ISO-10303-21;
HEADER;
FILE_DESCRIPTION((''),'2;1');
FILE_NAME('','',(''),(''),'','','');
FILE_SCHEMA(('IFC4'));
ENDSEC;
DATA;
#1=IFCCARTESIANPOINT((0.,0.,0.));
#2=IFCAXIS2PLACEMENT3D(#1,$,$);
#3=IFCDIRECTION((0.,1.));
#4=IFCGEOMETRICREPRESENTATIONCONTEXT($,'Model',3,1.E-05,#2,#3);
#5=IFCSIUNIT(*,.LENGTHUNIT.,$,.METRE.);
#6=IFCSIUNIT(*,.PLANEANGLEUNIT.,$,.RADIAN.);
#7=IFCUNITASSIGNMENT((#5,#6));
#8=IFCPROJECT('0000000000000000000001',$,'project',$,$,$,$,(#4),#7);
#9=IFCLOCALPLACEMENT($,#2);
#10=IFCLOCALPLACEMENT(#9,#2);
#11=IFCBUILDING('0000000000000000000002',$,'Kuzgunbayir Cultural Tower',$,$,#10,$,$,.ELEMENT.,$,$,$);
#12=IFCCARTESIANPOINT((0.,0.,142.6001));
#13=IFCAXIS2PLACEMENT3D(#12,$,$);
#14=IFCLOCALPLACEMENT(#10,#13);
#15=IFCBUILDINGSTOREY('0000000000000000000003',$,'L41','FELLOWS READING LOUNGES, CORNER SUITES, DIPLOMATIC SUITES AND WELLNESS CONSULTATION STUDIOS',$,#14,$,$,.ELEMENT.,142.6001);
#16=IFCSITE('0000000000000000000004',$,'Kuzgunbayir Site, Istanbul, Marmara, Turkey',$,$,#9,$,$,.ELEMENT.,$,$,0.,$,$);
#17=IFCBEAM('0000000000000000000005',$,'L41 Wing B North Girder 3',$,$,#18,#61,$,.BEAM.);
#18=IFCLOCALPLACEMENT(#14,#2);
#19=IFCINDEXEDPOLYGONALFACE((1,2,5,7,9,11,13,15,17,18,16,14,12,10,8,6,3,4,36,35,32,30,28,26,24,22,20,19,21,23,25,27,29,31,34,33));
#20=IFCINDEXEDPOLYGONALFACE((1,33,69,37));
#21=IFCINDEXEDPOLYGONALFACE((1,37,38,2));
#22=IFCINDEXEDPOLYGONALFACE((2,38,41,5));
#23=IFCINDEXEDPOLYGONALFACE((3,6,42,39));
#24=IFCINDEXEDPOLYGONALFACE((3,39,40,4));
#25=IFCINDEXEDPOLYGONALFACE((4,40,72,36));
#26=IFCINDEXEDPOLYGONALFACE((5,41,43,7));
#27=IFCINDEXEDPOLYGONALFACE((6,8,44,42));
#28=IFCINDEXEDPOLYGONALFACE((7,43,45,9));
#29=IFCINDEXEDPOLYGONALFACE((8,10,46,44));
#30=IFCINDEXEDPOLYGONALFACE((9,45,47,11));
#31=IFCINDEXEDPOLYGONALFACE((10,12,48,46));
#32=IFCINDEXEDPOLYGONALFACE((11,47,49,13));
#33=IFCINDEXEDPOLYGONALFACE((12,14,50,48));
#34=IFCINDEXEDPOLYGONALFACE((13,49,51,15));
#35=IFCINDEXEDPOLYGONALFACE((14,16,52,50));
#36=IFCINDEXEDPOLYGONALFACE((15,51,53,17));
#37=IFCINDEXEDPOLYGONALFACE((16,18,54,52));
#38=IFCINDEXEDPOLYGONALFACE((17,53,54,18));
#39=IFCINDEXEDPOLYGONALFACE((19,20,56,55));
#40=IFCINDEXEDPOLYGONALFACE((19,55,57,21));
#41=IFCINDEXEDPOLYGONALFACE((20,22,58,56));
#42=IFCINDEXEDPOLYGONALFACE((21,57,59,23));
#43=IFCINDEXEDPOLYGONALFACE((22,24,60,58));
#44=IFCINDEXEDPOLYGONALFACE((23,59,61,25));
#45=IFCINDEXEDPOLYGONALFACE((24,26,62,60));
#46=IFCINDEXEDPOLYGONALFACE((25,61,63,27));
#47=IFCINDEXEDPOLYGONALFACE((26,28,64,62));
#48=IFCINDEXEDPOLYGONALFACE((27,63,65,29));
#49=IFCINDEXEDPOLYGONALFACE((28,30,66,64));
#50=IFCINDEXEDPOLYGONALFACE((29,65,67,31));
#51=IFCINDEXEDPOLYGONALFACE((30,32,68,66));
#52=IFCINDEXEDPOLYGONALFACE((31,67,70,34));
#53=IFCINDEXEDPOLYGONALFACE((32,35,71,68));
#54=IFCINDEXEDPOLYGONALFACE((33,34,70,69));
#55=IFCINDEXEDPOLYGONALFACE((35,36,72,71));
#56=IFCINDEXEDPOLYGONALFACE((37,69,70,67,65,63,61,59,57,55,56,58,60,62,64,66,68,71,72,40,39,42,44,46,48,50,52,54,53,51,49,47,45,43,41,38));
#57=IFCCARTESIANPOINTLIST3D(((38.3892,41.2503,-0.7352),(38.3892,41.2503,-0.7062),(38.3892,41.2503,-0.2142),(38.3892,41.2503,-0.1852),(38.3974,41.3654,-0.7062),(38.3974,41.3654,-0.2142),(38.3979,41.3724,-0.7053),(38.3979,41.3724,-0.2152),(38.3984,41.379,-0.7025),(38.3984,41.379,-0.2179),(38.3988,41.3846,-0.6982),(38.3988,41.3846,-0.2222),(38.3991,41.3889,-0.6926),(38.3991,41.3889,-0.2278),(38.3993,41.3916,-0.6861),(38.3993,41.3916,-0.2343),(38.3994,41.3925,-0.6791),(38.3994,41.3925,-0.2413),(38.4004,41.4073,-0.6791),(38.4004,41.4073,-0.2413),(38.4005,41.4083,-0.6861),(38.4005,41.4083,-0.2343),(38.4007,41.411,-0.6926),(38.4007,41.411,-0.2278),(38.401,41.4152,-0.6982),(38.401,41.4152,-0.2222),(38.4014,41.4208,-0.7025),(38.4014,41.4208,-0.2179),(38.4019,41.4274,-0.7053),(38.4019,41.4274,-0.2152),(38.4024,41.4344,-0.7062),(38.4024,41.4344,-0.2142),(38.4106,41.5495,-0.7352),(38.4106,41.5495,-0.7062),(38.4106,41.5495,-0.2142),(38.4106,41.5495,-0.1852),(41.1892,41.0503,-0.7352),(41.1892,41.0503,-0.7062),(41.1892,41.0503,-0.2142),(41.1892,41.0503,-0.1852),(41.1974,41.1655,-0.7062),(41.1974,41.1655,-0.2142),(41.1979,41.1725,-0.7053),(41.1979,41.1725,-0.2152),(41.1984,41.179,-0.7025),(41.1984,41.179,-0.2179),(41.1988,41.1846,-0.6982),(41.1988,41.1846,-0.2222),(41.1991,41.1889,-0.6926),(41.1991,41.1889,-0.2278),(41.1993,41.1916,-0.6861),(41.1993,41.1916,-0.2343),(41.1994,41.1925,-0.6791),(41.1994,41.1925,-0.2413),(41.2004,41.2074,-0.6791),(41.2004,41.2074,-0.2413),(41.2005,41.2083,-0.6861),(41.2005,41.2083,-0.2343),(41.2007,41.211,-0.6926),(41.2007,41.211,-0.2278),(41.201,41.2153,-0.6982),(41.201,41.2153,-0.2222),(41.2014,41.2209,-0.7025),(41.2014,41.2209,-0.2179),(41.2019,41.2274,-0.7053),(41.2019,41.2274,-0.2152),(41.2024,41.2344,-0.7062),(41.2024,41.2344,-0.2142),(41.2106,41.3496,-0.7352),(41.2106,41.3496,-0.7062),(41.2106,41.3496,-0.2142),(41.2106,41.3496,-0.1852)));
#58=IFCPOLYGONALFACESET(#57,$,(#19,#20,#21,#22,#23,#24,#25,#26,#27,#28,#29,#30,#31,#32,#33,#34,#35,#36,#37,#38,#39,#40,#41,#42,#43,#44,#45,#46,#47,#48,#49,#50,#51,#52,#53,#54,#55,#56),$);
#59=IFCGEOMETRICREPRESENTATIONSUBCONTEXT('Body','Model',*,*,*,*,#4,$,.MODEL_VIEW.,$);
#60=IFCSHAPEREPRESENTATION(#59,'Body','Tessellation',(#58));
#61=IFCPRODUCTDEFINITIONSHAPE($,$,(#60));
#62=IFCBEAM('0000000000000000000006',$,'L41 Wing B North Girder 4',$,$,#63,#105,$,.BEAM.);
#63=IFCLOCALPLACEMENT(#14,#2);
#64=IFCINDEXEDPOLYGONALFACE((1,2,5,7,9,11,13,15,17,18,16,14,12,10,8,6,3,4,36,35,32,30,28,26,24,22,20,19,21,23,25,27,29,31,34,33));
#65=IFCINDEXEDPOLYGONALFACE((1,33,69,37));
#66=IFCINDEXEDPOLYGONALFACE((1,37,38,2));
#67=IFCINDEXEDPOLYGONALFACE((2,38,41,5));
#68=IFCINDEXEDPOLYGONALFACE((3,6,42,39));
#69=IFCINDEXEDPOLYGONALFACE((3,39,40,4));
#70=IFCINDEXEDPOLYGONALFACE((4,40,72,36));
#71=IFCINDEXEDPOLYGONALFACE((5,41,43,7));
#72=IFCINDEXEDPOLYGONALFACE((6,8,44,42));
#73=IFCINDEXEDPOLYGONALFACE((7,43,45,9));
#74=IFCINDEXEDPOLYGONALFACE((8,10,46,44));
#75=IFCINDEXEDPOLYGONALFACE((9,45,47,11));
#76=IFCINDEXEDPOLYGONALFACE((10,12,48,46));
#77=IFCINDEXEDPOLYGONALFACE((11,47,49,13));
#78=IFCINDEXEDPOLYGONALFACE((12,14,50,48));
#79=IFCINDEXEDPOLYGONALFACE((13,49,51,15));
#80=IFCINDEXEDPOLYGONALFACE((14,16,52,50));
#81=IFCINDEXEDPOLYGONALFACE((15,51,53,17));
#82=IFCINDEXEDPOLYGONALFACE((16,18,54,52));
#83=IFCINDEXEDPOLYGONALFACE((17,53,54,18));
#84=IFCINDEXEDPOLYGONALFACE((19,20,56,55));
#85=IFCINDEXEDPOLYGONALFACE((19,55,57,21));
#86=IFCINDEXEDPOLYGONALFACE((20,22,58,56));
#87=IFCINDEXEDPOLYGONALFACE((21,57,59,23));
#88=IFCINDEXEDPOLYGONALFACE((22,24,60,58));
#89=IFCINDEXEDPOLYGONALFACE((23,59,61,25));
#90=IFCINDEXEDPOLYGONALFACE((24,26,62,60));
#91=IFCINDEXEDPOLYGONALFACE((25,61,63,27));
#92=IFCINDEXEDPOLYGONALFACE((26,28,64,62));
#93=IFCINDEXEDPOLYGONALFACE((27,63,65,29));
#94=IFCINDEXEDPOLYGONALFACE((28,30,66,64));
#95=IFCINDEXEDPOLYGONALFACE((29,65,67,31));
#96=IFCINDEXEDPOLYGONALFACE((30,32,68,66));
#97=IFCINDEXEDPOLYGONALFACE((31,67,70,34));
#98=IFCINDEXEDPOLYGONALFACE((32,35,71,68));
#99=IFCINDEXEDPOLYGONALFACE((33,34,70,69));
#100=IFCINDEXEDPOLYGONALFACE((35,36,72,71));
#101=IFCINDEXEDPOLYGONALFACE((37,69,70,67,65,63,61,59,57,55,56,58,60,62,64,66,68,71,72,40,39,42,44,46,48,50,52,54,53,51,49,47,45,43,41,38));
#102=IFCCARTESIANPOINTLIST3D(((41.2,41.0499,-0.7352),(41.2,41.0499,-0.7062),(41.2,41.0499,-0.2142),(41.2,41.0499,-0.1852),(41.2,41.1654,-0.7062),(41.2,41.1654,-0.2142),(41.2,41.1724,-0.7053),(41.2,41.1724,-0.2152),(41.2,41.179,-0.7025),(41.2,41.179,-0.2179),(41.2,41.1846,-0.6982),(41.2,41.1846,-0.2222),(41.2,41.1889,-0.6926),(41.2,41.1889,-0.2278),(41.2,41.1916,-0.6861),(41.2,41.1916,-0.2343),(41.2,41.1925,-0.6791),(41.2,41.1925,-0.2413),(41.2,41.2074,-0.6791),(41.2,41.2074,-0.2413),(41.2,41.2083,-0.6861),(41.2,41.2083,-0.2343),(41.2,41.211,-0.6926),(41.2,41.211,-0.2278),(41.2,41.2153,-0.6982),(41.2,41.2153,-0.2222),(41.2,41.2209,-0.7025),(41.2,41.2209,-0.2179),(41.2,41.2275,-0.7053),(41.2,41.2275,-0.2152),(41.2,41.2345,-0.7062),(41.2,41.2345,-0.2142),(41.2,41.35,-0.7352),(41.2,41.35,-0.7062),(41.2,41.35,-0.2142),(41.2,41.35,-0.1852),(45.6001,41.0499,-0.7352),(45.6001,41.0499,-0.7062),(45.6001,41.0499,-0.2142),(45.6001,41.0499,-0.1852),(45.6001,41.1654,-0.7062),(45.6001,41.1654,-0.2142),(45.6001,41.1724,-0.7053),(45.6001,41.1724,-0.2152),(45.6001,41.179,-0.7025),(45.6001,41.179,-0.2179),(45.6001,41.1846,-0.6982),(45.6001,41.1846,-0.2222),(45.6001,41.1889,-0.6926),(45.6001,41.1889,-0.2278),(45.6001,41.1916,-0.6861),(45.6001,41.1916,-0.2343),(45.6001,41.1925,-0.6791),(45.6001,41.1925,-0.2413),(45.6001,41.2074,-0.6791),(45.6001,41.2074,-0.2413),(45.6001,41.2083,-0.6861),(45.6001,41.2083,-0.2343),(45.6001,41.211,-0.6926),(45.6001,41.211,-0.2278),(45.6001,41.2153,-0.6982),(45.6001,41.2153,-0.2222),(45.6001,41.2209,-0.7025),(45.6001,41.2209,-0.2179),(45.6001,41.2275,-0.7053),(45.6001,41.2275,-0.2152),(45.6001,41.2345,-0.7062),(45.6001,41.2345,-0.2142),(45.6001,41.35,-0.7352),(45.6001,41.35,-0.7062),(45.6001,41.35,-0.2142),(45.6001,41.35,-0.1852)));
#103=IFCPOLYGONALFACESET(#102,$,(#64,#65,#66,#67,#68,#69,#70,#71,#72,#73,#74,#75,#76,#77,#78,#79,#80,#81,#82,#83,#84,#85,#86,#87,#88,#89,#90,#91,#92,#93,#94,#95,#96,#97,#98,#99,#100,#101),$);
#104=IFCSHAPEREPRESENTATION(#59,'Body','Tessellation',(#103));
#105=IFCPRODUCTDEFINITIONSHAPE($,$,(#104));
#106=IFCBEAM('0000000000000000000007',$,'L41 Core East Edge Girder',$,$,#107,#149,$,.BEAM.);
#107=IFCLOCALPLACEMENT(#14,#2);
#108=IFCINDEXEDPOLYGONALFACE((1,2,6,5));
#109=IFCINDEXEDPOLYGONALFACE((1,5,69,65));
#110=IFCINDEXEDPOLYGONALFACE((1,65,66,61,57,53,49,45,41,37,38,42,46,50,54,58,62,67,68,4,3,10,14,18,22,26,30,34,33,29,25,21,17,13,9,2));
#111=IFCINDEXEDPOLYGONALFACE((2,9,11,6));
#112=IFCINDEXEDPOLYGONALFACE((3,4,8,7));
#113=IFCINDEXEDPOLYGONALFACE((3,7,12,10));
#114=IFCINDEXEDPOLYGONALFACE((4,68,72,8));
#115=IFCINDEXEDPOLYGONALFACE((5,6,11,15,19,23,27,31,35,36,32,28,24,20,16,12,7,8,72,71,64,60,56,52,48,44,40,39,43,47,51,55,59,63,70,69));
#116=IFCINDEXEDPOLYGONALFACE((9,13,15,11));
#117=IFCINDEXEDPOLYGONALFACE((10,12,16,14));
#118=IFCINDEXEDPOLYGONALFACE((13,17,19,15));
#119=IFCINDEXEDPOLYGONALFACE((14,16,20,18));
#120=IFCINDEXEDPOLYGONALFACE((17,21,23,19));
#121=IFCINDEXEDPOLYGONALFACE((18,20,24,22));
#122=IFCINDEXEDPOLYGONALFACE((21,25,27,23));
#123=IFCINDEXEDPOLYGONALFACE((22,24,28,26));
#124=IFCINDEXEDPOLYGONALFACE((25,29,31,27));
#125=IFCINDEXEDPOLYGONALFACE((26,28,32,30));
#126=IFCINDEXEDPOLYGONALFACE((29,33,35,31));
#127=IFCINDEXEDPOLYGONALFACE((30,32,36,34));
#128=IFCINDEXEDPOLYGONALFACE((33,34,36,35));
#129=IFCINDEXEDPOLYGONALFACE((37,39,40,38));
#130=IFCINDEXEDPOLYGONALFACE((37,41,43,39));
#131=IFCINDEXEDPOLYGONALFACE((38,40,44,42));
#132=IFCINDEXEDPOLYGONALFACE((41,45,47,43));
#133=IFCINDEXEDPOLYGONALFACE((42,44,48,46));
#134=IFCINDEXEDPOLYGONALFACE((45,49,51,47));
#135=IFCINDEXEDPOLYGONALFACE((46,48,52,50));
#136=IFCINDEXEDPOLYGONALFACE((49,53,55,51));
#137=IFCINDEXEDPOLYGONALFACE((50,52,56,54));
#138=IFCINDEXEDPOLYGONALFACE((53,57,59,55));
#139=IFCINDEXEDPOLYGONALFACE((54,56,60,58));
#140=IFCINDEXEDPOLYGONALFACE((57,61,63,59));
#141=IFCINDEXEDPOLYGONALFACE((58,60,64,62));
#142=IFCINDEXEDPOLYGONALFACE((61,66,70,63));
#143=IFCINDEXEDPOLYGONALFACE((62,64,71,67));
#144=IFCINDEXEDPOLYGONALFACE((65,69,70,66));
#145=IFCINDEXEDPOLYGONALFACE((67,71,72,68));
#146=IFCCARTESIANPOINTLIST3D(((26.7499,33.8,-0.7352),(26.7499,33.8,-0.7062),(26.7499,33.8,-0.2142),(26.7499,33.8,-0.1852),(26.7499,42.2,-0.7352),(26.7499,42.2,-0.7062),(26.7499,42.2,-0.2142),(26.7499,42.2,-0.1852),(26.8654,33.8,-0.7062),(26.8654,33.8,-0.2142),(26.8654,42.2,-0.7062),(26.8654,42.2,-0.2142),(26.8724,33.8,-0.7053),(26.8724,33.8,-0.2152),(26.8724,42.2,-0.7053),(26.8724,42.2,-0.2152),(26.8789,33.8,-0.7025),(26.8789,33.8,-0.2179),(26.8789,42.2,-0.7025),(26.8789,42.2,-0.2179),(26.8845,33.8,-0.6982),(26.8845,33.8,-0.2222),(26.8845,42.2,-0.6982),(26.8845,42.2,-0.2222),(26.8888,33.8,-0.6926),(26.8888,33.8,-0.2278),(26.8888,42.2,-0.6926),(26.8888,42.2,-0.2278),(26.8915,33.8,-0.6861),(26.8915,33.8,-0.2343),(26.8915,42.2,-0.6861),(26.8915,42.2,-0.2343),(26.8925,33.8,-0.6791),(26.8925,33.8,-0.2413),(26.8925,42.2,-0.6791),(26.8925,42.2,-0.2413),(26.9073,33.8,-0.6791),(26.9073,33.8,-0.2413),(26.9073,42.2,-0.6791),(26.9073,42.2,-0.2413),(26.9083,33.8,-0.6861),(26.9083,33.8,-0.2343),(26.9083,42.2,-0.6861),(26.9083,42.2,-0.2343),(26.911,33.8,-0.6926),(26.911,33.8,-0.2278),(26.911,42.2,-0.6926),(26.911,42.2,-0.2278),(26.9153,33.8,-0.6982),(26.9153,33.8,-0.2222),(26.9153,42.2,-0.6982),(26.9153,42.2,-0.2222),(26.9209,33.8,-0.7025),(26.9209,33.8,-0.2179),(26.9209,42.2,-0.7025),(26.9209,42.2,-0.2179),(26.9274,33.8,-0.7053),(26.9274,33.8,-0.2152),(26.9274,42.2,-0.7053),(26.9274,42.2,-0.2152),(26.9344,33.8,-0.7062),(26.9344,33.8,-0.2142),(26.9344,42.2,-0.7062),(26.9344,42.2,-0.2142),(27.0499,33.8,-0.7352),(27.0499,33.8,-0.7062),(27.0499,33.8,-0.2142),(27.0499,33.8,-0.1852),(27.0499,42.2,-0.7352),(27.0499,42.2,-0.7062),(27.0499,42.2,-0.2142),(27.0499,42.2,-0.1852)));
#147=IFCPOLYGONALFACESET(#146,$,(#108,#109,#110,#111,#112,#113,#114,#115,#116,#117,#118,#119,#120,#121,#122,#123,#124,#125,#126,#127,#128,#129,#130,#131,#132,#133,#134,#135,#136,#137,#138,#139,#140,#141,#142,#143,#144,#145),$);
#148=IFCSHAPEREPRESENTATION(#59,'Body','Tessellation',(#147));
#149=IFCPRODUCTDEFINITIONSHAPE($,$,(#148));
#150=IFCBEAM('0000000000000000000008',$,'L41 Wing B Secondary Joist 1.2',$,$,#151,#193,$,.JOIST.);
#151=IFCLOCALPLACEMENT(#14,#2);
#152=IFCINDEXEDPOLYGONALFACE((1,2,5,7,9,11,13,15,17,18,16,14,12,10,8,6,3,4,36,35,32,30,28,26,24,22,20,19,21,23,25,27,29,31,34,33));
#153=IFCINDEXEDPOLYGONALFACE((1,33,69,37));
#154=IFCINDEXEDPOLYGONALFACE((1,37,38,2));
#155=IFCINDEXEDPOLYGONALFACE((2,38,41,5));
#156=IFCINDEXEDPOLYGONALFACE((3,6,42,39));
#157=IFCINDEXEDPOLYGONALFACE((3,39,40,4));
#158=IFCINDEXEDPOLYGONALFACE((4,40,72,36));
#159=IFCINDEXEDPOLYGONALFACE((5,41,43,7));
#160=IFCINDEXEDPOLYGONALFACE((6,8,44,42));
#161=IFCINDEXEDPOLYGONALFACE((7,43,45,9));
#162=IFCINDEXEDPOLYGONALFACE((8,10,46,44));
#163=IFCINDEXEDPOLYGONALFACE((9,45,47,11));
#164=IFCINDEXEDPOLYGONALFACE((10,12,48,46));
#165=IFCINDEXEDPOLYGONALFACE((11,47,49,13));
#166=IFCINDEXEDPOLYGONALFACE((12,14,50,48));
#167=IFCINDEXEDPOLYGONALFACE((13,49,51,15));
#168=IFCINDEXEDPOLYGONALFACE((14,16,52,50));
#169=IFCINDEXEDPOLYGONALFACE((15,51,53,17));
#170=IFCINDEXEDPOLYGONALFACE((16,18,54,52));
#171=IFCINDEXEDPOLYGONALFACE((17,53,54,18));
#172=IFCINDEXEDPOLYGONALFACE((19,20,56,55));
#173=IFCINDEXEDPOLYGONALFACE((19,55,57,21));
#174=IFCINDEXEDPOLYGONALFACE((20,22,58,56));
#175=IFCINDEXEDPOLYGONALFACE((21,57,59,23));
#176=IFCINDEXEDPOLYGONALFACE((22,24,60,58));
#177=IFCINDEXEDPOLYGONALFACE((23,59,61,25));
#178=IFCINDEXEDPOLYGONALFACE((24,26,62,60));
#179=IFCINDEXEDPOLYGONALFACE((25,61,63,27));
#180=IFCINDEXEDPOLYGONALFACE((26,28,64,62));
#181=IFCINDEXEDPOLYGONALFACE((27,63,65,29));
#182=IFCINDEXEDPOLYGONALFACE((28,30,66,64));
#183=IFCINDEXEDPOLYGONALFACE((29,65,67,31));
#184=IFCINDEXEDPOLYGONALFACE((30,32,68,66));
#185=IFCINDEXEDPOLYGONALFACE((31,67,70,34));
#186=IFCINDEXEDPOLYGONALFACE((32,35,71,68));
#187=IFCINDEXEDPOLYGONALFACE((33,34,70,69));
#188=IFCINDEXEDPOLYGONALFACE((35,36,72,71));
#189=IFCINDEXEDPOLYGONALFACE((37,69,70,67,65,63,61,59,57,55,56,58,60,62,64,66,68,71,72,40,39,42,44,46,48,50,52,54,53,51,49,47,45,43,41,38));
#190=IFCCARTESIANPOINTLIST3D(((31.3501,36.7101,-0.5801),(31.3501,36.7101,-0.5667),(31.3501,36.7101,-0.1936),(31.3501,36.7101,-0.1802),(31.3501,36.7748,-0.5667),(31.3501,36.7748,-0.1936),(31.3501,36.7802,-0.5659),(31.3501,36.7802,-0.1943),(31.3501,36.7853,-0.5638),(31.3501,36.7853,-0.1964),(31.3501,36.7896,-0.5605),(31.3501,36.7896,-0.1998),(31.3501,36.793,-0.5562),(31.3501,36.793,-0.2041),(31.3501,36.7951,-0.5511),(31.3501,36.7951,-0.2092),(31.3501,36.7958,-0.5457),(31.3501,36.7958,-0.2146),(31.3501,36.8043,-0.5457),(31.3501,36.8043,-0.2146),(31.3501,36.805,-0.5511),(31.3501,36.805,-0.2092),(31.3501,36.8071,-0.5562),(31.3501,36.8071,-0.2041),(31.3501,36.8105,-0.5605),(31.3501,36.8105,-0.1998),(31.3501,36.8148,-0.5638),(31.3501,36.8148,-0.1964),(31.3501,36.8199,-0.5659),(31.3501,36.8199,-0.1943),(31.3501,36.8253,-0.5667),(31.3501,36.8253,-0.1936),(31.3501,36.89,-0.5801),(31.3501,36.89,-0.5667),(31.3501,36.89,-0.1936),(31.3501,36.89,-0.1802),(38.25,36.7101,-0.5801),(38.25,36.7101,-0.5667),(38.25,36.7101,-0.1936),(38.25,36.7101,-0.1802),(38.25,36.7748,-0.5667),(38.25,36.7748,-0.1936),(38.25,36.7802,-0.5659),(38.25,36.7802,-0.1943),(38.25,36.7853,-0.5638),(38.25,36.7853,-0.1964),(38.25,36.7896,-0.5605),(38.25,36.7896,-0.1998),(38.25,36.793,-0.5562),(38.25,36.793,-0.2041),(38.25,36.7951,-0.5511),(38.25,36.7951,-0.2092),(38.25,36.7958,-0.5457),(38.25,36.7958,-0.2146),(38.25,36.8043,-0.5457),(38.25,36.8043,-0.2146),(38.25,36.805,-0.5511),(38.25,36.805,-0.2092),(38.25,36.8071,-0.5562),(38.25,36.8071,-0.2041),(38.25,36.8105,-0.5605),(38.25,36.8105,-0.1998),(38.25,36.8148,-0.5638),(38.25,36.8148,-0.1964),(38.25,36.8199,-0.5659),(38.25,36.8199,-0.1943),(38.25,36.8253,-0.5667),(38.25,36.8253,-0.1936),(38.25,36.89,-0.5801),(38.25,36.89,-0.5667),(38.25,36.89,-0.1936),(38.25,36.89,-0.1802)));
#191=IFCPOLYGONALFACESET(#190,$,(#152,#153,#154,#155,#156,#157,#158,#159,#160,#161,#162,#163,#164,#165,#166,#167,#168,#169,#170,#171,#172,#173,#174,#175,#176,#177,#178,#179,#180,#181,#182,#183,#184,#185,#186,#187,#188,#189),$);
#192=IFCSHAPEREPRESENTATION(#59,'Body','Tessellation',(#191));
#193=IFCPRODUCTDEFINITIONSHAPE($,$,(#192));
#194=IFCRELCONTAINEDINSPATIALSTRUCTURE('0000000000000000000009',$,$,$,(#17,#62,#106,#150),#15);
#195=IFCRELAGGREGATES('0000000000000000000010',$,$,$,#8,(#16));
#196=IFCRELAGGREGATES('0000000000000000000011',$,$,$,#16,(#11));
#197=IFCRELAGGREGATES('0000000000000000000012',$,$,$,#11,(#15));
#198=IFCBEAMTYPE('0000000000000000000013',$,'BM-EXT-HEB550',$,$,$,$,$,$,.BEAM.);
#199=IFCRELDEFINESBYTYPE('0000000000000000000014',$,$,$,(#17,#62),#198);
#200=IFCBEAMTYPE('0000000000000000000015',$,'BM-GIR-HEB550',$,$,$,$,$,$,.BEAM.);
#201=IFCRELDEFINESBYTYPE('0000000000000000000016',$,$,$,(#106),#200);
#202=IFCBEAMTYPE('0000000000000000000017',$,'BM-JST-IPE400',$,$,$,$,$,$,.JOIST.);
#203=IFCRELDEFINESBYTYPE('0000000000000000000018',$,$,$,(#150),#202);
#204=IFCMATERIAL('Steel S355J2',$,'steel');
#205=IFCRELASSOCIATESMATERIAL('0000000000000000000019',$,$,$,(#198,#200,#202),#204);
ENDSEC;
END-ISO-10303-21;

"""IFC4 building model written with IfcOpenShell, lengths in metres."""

from ifc_helpers import new_model, si_unit, direction, frame, origin, origin_2d, place, context, subcontext, project, spatial, i_section, extrude, material, material_profile, profile_set, type_object, element, save


model = new_model("IFC4")

# Units and contexts
model_context = context("Model", 3, precision=1e-05, world=origin(), true_north=direction((0.0, 1.0)))
body_context = subcontext(model_context, "Body", "Model", "MODEL_VIEW")
ifc_project = project(units=[si_unit("LENGTHUNIT", "METRE"), si_unit("PLANEANGLEUNIT", "RADIAN")], contexts=[model_context])

# Site, building, storey
site_placement = place(None, origin())
site = spatial("IfcSite", under=ifc_project, at=site_placement, Name="Kuzgunbayir Site, Istanbul, Marmara, Turkey", CompositionType="ELEMENT", RefElevation=0.0)
building_placement = place(site_placement, origin())
building = spatial("IfcBuilding", under=site, at=building_placement, Name="Kuzgunbayir Cultural Tower", CompositionType="ELEMENT")
storey_placement = place(building_placement, frame((0.0, 0.0, 142.6001)))
storey = spatial("IfcBuildingStorey", under=building, at=storey_placement, Name="L41", Description="FELLOWS READING LOUNGES, CORNER SUITES, DIPLOMATIC SUITES AND WELLNESS CONSULTATION STUDIOS", CompositionType="ELEMENT", Elevation=142.6001)

# Beams
ifc_material_1 = material(Name="Steel S355J2", Category="steel")
ifc_material_profile_1 = material_profile(ifc_material_1, i_section(OverallWidth=0.3, OverallDepth=0.55, WebThickness=0.0149, FlangeThickness=0.0291, FilletRadius=0.0271, at=origin_2d()), Name="HEB 550")
ifc_profile_set_1 = profile_set([ifc_material_profile_1], Name="Steel S355J2")
beam_type_1 = type_object("IfcBeamType", Name="BM-EXT-HEB550", PredefinedType="BEAM", material=ifc_profile_set_1)
beam_1_placement = place(storey_placement, frame((38.3999, 41.3999, -0.4602), z_axis=(0.99746, -0.071229, 0.0), x_axis=(0.071229, 0.99746, 0.0)))
element("IfcBeam", 1, at=beam_1_placement, inside=storey, type_object=beam_type_1, Name="L41 Wing B North Girder 3", PredefinedType="BEAM", context=body_context, shape_type="SweptSolid", body=[
    extrude(i_section(OverallWidth=0.3, OverallDepth=0.55, WebThickness=0.0149, FlangeThickness=0.0291, FilletRadius=0.0271, at=origin_2d()), origin(), (0.0, 0.0, 1.0), 2.8071),
])
beam_2_placement = place(storey_placement, frame((41.2, 41.2, -0.4602), z_axis=(1.0, 0.0, 0.0), x_axis=(0.0, 1.0, 0.0)))
element("IfcBeam", 2, at=beam_2_placement, inside=storey, type_object=beam_type_1, Name="L41 Wing B North Girder 4", PredefinedType="BEAM", context=body_context, shape_type="SweptSolid", body=[
    extrude(i_section(OverallWidth=0.3, OverallDepth=0.55, WebThickness=0.0149, FlangeThickness=0.0291, FilletRadius=0.0271, at=origin_2d()), origin(), (0.0, 0.0, 1.0), 4.4001),
])
ifc_material_profile_2 = material_profile(ifc_material_1, i_section(OverallWidth=0.3, OverallDepth=0.55, WebThickness=0.0149, FlangeThickness=0.0291, FilletRadius=0.0271, at=origin_2d()), Name="HEB 550")
ifc_profile_set_2 = profile_set([ifc_material_profile_2], Name="Steel S355J2")
beam_type_2 = type_object("IfcBeamType", Name="BM-GIR-HEB550", PredefinedType="BEAM", material=ifc_profile_set_2)
beam_3_placement = place(storey_placement, frame((26.8999, 33.8, -0.4602), z_axis=(0.0, 1.0, 0.0), x_axis=(-1.0, 0.0, 0.0)))
element("IfcBeam", 3, at=beam_3_placement, inside=storey, type_object=beam_type_2, Name="L41 Core East Edge Girder", PredefinedType="BEAM", context=body_context, shape_type="SweptSolid", body=[
    extrude(i_section(OverallWidth=0.3, OverallDepth=0.55, WebThickness=0.0149, FlangeThickness=0.0291, FilletRadius=0.0271, at=origin_2d()), origin(), (0.0, 0.0, 1.0), 8.3999),
])
ifc_material_profile_3 = material_profile(ifc_material_1, i_section(OverallWidth=0.1799, OverallDepth=0.3999, WebThickness=0.0085, FlangeThickness=0.0134, FilletRadius=0.021, at=origin_2d()), Name="IPE 400")
ifc_profile_set_3 = profile_set([ifc_material_profile_3], Name="Steel S355J2")
beam_type_3 = type_object("IfcBeamType", Name="BM-JST-IPE400", PredefinedType="JOIST", material=ifc_profile_set_3)
beam_4_placement = place(storey_placement, frame((31.3501, 36.8, -0.3801), z_axis=(1.0, 0.0, 0.0), x_axis=(0.0, 1.0, 0.0)))
element("IfcBeam", 4, at=beam_4_placement, inside=storey, type_object=beam_type_3, Name="L41 Wing B Secondary Joist 1.2", PredefinedType="JOIST", context=body_context, shape_type="SweptSolid", body=[
    extrude(i_section(OverallWidth=0.1799, OverallDepth=0.3999, WebThickness=0.0085, FlangeThickness=0.0134, FilletRadius=0.021, at=origin_2d()), origin(), (0.0, 0.0, 1.0), 6.8999),
])

save(model, "model.ifc")
